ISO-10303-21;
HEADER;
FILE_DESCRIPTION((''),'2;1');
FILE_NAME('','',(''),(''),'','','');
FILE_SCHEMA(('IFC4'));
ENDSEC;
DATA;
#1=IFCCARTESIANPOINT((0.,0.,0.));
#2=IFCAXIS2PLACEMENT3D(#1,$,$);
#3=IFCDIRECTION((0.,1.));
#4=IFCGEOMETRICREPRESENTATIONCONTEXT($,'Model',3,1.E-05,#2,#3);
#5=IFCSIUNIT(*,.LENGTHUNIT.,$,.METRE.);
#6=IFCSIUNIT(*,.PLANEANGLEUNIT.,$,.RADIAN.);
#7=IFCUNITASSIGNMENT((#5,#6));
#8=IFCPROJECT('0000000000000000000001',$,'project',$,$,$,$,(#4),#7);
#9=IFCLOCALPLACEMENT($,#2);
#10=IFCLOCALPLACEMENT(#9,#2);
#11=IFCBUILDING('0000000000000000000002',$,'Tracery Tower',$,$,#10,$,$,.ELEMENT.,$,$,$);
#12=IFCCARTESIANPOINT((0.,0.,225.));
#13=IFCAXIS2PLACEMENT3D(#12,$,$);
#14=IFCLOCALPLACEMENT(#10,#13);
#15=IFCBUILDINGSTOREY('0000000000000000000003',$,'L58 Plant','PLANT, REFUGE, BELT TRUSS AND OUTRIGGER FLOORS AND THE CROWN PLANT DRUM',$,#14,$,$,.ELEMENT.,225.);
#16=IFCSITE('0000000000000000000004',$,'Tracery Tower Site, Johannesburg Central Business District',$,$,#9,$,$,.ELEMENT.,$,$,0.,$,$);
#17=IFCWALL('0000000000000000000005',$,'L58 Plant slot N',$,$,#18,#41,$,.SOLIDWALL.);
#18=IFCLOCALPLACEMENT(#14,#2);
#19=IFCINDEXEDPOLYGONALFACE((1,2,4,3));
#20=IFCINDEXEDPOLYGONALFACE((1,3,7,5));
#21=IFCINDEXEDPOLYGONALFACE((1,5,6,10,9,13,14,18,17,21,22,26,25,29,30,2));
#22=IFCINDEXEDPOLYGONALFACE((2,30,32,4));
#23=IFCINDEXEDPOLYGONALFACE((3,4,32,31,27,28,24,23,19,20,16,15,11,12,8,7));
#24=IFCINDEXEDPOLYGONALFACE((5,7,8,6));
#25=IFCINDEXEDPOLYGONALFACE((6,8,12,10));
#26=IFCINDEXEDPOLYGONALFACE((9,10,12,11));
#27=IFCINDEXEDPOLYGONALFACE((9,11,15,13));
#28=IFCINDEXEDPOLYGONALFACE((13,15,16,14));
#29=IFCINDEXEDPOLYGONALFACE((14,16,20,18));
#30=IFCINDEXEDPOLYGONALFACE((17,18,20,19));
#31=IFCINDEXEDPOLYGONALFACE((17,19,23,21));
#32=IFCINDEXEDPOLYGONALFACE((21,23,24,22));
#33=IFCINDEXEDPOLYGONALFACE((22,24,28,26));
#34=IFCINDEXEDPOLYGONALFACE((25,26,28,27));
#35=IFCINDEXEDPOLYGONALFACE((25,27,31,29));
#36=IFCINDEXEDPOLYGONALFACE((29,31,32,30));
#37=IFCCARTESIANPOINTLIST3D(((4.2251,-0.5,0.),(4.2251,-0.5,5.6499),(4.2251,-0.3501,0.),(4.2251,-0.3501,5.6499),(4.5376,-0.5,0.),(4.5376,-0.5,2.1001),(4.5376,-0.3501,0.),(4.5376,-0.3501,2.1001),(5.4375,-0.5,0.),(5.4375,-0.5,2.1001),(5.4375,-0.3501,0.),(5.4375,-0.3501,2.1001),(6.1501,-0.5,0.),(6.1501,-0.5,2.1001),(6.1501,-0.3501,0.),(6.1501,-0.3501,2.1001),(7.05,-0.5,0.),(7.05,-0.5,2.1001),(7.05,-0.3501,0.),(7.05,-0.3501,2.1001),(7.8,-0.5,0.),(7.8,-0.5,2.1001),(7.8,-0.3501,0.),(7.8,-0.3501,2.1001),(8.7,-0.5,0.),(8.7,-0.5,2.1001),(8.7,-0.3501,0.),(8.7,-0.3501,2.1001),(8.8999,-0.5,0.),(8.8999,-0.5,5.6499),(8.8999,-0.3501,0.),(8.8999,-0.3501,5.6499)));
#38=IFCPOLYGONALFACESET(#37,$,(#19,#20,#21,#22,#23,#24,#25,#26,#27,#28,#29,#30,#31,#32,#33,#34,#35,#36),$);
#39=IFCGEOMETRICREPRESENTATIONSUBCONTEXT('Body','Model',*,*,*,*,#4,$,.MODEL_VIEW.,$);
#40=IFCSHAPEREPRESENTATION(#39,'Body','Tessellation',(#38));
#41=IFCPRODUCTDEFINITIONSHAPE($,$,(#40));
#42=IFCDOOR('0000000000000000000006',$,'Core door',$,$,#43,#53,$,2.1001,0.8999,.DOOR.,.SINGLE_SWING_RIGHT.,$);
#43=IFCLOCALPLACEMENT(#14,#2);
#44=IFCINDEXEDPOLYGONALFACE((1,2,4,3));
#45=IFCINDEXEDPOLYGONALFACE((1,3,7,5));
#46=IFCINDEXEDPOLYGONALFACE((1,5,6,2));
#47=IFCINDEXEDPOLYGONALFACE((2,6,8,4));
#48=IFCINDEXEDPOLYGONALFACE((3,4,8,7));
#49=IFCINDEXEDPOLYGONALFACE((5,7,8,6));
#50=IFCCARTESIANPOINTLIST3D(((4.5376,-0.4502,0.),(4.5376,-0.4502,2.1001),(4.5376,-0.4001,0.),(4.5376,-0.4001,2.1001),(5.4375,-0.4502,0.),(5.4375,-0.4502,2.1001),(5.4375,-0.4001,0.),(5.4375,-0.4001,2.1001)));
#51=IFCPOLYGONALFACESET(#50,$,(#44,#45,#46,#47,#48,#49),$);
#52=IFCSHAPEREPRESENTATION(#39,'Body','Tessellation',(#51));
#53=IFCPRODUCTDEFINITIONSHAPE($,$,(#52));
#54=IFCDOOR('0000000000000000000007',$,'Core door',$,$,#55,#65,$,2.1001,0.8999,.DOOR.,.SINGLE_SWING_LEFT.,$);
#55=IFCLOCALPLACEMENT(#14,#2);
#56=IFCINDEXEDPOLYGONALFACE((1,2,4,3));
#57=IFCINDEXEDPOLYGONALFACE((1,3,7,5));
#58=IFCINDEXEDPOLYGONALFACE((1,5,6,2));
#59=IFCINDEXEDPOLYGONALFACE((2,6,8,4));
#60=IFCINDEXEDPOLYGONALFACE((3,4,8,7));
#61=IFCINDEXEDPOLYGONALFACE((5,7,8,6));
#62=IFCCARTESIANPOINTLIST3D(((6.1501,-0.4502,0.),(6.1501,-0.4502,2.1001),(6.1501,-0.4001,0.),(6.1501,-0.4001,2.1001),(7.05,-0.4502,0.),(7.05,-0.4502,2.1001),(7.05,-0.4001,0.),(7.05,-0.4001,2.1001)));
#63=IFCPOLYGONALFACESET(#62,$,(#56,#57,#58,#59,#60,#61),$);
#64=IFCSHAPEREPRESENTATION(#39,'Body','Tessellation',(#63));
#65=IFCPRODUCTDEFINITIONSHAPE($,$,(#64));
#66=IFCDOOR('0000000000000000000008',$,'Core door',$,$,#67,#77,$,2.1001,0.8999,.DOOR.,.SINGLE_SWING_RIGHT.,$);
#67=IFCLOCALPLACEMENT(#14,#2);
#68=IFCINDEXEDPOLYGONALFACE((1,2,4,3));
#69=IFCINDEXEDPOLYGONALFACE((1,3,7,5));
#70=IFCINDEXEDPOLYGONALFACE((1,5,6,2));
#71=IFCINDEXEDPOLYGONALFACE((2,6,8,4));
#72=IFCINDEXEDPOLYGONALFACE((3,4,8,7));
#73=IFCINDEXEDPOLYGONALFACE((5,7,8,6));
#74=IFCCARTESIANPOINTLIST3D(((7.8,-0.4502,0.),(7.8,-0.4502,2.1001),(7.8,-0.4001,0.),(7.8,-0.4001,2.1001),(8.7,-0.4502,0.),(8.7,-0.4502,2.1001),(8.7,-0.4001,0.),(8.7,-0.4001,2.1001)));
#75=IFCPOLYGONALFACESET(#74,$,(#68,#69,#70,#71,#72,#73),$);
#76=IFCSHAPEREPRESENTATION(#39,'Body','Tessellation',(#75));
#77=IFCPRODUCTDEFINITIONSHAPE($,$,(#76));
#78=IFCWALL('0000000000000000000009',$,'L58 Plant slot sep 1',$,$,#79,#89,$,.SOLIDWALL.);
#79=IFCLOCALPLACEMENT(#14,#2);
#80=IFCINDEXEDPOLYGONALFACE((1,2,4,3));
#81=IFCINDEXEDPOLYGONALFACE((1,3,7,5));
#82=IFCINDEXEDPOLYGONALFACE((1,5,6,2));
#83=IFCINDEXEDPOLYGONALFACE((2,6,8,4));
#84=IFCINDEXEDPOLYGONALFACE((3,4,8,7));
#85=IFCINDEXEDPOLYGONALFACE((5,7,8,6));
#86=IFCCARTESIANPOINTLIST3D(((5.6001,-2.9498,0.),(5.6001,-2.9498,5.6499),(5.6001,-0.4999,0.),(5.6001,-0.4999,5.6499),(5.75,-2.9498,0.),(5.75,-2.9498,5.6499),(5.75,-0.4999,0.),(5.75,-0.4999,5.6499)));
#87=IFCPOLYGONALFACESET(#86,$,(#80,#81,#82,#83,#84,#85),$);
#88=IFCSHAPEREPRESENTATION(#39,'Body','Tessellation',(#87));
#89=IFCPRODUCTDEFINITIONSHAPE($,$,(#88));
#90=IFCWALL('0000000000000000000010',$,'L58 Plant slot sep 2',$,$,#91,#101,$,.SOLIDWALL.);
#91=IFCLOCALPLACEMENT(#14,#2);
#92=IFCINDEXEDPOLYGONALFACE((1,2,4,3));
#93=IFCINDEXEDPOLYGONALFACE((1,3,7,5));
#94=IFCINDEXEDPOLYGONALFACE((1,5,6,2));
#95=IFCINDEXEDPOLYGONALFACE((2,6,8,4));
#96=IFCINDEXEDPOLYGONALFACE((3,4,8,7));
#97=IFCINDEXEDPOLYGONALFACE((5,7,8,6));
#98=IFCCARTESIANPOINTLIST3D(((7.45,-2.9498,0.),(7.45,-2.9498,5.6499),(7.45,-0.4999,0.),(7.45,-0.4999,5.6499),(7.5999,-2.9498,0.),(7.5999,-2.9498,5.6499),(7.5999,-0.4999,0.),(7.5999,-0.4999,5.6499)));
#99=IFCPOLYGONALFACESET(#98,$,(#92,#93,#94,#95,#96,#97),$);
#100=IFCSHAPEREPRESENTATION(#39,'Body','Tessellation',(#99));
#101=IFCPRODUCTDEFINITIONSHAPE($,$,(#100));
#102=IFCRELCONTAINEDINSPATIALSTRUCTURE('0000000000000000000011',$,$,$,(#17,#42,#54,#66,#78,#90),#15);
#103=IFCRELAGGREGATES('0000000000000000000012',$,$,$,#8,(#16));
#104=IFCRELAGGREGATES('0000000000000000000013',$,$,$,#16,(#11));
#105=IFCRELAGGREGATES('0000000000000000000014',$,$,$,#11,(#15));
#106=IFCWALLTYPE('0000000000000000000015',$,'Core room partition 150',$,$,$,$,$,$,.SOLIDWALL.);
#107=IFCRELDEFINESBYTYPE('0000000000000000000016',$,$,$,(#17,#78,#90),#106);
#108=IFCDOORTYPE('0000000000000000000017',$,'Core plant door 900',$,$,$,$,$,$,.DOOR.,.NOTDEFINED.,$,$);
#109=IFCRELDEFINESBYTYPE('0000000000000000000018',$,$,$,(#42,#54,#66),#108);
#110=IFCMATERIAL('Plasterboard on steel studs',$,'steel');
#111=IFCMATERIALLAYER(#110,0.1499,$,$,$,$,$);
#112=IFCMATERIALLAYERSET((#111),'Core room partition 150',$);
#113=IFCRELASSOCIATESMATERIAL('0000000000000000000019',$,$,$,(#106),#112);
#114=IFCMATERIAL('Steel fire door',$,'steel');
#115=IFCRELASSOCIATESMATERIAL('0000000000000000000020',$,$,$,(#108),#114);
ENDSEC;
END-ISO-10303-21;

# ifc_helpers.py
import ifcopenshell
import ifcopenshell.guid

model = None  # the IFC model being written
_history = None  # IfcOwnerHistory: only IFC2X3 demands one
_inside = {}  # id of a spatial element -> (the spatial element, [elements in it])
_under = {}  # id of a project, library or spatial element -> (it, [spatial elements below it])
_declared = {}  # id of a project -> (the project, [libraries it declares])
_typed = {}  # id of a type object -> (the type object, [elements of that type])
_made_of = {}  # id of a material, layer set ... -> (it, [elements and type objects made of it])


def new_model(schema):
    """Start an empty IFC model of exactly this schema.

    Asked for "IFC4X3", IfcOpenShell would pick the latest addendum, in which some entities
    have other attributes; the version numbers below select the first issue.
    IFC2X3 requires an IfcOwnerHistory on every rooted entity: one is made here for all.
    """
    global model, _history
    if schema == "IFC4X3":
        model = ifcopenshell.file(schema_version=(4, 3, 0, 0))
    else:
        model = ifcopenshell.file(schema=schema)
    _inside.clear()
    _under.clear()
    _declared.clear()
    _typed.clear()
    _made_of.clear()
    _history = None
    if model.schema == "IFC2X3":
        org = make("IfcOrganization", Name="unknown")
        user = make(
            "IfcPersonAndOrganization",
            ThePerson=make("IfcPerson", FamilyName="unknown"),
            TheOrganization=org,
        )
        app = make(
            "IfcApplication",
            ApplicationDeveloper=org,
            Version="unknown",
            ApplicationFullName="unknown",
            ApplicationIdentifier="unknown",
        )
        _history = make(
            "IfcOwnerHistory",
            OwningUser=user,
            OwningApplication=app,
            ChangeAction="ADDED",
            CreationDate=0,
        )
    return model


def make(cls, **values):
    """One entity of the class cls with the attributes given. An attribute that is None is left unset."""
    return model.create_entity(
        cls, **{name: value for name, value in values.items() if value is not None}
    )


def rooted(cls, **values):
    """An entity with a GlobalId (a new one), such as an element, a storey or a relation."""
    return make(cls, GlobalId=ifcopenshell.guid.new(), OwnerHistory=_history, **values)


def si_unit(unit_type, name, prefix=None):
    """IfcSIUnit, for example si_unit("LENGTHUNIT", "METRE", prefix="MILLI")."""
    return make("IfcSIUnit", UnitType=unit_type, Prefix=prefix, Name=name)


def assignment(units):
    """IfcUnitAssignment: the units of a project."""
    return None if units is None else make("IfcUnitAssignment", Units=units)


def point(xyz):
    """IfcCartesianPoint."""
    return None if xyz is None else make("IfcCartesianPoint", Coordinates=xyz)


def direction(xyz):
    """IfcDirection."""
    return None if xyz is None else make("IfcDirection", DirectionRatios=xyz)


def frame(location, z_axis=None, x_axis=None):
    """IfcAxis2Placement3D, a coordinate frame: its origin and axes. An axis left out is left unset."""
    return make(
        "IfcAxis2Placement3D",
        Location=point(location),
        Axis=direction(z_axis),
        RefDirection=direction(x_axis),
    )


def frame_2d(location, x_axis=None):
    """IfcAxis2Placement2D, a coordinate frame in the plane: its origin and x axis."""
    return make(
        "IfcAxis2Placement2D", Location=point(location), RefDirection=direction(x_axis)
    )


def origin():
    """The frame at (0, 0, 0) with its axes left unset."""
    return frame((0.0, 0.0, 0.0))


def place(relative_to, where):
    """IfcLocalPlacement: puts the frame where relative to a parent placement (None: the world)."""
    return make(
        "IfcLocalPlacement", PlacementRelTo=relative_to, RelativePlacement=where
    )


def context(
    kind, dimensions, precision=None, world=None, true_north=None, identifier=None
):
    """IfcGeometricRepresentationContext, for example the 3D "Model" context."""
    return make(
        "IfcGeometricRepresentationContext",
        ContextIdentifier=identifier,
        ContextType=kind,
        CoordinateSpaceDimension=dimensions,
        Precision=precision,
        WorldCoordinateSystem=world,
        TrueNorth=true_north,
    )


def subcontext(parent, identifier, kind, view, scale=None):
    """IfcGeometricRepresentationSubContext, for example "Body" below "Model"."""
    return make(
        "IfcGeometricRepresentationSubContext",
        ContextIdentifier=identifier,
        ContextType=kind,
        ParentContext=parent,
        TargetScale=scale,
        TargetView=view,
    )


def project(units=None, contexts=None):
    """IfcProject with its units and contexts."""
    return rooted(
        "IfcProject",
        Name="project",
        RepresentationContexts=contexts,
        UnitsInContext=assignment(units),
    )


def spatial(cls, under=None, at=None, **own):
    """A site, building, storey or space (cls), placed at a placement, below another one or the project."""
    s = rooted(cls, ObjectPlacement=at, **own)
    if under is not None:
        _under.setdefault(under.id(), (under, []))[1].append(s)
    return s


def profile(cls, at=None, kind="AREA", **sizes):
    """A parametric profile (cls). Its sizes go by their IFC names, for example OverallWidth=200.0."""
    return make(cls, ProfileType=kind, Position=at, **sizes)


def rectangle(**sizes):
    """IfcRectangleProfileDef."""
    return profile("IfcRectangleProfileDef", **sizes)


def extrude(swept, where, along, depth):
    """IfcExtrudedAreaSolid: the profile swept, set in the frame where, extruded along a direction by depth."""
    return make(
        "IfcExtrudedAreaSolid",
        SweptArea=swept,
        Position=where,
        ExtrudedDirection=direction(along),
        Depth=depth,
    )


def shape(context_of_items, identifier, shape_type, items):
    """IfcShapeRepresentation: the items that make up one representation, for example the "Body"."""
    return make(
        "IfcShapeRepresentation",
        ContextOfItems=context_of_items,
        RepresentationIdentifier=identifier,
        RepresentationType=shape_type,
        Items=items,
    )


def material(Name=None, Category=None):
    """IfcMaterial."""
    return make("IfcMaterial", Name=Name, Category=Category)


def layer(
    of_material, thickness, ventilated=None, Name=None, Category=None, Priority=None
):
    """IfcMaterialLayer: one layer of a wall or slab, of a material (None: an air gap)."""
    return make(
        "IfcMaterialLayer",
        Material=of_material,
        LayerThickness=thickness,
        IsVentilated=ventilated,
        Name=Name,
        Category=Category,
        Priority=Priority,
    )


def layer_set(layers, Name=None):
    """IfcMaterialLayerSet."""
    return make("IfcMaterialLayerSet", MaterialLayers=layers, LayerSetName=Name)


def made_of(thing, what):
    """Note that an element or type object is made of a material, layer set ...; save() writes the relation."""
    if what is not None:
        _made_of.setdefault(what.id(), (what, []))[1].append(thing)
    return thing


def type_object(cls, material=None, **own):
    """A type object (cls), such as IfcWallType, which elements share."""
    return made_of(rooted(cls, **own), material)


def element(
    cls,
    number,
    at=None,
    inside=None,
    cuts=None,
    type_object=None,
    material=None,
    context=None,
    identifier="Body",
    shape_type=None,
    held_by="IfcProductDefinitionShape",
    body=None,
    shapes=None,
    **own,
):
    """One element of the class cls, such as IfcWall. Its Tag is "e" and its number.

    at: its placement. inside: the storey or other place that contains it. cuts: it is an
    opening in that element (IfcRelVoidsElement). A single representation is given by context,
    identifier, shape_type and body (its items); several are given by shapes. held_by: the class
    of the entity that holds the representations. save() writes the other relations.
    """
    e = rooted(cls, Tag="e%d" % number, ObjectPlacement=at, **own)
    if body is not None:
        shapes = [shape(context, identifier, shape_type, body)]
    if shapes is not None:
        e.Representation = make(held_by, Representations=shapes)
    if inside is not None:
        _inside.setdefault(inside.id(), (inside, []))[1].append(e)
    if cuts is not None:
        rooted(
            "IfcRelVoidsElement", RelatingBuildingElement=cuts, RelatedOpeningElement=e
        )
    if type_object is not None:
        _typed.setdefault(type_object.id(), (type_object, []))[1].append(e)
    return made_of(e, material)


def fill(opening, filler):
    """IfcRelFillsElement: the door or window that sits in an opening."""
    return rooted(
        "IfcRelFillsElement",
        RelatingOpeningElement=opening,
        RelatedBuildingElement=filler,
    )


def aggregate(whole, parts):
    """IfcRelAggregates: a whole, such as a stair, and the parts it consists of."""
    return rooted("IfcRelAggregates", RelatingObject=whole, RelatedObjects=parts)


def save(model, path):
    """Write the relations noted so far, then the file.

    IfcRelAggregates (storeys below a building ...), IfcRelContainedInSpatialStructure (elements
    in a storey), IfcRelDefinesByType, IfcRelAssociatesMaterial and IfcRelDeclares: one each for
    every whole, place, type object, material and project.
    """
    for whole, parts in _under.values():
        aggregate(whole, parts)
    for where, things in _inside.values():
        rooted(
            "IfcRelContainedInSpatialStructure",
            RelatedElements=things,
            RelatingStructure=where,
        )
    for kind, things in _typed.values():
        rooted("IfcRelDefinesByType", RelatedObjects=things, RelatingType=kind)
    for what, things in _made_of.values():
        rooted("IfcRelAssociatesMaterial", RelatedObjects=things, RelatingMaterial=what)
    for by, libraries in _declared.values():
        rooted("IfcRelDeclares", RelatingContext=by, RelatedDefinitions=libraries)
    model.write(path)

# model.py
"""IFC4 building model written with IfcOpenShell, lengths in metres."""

from ifc_helpers import new_model, si_unit, direction, frame, frame_2d, origin, place, context, subcontext, project, spatial, rectangle, extrude, material, layer, layer_set, type_object, element, fill, save


model = new_model("IFC4")

# Units and contexts
model_context = context("Model", 3, precision=1e-05, world=origin(), true_north=direction((0.0, 1.0)))
body_context = subcontext(model_context, "Body", "Model", "MODEL_VIEW")
ifc_project = project(units=[si_unit("LENGTHUNIT", "METRE"), si_unit("PLANEANGLEUNIT", "RADIAN")], contexts=[model_context])

# Site, building, storey
site_placement = place(None, origin())
site = spatial("IfcSite", under=ifc_project, at=site_placement, Name="Tracery Tower Site, Johannesburg Central Business District", CompositionType="ELEMENT", RefElevation=0.0)
building_placement = place(site_placement, origin())
building = spatial("IfcBuilding", under=site, at=building_placement, Name="Tracery Tower", CompositionType="ELEMENT")
storey_placement = place(building_placement, frame((0.0, 0.0, 225.0)))
storey = spatial("IfcBuildingStorey", under=building, at=storey_placement, Name="L58 Plant", Description="PLANT, REFUGE, BELT TRUSS AND OUTRIGGER FLOORS AND THE CROWN PLANT DRUM", CompositionType="ELEMENT", Elevation=225.0)

# Shared definitions
ifc_material_1 = material(Name="Plasterboard on steel studs", Category="steel")
ifc_layer_1 = layer(ifc_material_1, 0.1499)
ifc_layer_set_1 = layer_set([ifc_layer_1], Name="Core room partition 150")
wall_type_1 = type_object("IfcWallType", Name="Core room partition 150", PredefinedType="SOLIDWALL", material=ifc_layer_set_1)

# Wall, openings, doors
wall_1_placement = place(storey_placement, frame((4.2251, -0.425, 0.0), z_axis=(0.0, 0.0, 1.0), x_axis=(1.0, 0.0, 0.0)))
wall_1 = element("IfcWall", 1, at=wall_1_placement, inside=storey, type_object=wall_type_1, Name="L58 Plant slot N", PredefinedType="SOLIDWALL", context=body_context, shape_type="SweptSolid", body=[
    extrude(rectangle(XDim=4.6748, YDim=0.1499, at=frame_2d((2.3374, 0.0))), origin(), (0.0, 0.0, 1.0), 5.6499),
])
opening_1_placement = place(wall_1_placement, frame((0.3125, 0.0, 0.0)))
opening_1 = element("IfcOpeningElement", 2, at=opening_1_placement, cuts=wall_1, PredefinedType="OPENING", context=body_context, shape_type="SweptSolid", body=[
    extrude(rectangle(XDim=0.8999, YDim=2.1001, at=frame_2d((0.45, 1.05))), frame((0.0, 0.075, 0.0), z_axis=(0.0, -1.0, 0.0), x_axis=(1.0, 0.0, 0.0)), (0.0, 0.0, 1.0), 0.1499),
])
opening_2_placement = place(wall_1_placement, frame((1.925, 0.0, 0.0)))
opening_2 = element("IfcOpeningElement", 3, at=opening_2_placement, cuts=wall_1, PredefinedType="OPENING", context=body_context, shape_type="SweptSolid", body=[
    extrude(rectangle(XDim=0.8999, YDim=2.1001, at=frame_2d((0.45, 1.05))), frame((0.0, 0.075, 0.0), z_axis=(0.0, -1.0, 0.0), x_axis=(1.0, 0.0, 0.0)), (0.0, 0.0, 1.0), 0.1499),
])
opening_3_placement = place(wall_1_placement, frame((3.575, 0.0, 0.0)))
opening_3 = element("IfcOpeningElement", 4, at=opening_3_placement, cuts=wall_1, PredefinedType="OPENING", context=body_context, shape_type="SweptSolid", body=[
    extrude(rectangle(XDim=0.8999, YDim=2.1001, at=frame_2d((0.45, 1.05))), frame((0.0, 0.075, 0.0), z_axis=(0.0, -1.0, 0.0), x_axis=(1.0, 0.0, 0.0)), (0.0, 0.0, 1.0), 0.1499),
])
ifc_material_2 = material(Name="Steel fire door", Category="steel")
door_type_1 = type_object("IfcDoorType", Name="Core plant door 900", OperationType="NOTDEFINED", PredefinedType="DOOR", material=ifc_material_2)
door_1_placement = place(opening_1_placement, origin())
door_1 = element("IfcDoor", 5, at=door_1_placement, inside=storey, type_object=door_type_1, Name="Core door", OperationType="SINGLE_SWING_RIGHT", OverallHeight=2.1001, OverallWidth=0.8999, PredefinedType="DOOR", context=body_context, shape_type="SweptSolid", body=[
    extrude(rectangle(XDim=0.8999, YDim=2.1001, at=frame_2d((0.45, 1.05))), frame((0.0, 0.0249, 0.0), z_axis=(0.0, -1.0, 0.0), x_axis=(1.0, 0.0, 0.0)), (0.0, 0.0, 1.0), 0.05),
])
fill(opening_1, door_1)
door_2_placement = place(opening_2_placement, origin())
door_2 = element("IfcDoor", 6, at=door_2_placement, inside=storey, type_object=door_type_1, Name="Core door", OperationType="SINGLE_SWING_LEFT", OverallHeight=2.1001, OverallWidth=0.8999, PredefinedType="DOOR", context=body_context, shape_type="SweptSolid", body=[
    extrude(rectangle(XDim=0.8999, YDim=2.1001, at=frame_2d((0.45, 1.05))), frame((0.0, 0.0249, 0.0), z_axis=(0.0, -1.0, 0.0), x_axis=(1.0, 0.0, 0.0)), (0.0, 0.0, 1.0), 0.05),
])
fill(opening_2, door_2)
door_3_placement = place(opening_3_placement, origin())
door_3 = element("IfcDoor", 7, at=door_3_placement, inside=storey, type_object=door_type_1, Name="Core door", OperationType="SINGLE_SWING_RIGHT", OverallHeight=2.1001, OverallWidth=0.8999, PredefinedType="DOOR", context=body_context, shape_type="SweptSolid", body=[
    extrude(rectangle(XDim=0.8999, YDim=2.1001, at=frame_2d((0.45, 1.05))), frame((0.0, 0.0249, 0.0), z_axis=(0.0, -1.0, 0.0), x_axis=(1.0, 0.0, 0.0)), (0.0, 0.0, 1.0), 0.05),
])
fill(opening_3, door_3)

# Walls
for number, where, z_axis, x_axis, name in (
    (8, (5.675, -2.95, 0.0), (0.0, 0.0, 1.0), (0.0, 1.0, 0.0), "L58 Plant slot sep 1"),
    (9, (7.5249, -2.95, 0.0), (0.0, 0.0, 1.0), (0.0, 1.0, 0.0), "L58 Plant slot sep 2"),
):
    element("IfcWall", number, at=place(storey_placement, frame(where, z_axis=z_axis, x_axis=x_axis)), inside=storey, type_object=wall_type_1, Name=name, PredefinedType="SOLIDWALL", context=body_context, shape_type="SweptSolid", body=[
        extrude(rectangle(XDim=2.45, YDim=0.1499, at=frame_2d((1.2251, 0.0))), origin(), (0.0, 0.0, 1.0), 5.6499),
    ])

save(model, "model.ifc")
